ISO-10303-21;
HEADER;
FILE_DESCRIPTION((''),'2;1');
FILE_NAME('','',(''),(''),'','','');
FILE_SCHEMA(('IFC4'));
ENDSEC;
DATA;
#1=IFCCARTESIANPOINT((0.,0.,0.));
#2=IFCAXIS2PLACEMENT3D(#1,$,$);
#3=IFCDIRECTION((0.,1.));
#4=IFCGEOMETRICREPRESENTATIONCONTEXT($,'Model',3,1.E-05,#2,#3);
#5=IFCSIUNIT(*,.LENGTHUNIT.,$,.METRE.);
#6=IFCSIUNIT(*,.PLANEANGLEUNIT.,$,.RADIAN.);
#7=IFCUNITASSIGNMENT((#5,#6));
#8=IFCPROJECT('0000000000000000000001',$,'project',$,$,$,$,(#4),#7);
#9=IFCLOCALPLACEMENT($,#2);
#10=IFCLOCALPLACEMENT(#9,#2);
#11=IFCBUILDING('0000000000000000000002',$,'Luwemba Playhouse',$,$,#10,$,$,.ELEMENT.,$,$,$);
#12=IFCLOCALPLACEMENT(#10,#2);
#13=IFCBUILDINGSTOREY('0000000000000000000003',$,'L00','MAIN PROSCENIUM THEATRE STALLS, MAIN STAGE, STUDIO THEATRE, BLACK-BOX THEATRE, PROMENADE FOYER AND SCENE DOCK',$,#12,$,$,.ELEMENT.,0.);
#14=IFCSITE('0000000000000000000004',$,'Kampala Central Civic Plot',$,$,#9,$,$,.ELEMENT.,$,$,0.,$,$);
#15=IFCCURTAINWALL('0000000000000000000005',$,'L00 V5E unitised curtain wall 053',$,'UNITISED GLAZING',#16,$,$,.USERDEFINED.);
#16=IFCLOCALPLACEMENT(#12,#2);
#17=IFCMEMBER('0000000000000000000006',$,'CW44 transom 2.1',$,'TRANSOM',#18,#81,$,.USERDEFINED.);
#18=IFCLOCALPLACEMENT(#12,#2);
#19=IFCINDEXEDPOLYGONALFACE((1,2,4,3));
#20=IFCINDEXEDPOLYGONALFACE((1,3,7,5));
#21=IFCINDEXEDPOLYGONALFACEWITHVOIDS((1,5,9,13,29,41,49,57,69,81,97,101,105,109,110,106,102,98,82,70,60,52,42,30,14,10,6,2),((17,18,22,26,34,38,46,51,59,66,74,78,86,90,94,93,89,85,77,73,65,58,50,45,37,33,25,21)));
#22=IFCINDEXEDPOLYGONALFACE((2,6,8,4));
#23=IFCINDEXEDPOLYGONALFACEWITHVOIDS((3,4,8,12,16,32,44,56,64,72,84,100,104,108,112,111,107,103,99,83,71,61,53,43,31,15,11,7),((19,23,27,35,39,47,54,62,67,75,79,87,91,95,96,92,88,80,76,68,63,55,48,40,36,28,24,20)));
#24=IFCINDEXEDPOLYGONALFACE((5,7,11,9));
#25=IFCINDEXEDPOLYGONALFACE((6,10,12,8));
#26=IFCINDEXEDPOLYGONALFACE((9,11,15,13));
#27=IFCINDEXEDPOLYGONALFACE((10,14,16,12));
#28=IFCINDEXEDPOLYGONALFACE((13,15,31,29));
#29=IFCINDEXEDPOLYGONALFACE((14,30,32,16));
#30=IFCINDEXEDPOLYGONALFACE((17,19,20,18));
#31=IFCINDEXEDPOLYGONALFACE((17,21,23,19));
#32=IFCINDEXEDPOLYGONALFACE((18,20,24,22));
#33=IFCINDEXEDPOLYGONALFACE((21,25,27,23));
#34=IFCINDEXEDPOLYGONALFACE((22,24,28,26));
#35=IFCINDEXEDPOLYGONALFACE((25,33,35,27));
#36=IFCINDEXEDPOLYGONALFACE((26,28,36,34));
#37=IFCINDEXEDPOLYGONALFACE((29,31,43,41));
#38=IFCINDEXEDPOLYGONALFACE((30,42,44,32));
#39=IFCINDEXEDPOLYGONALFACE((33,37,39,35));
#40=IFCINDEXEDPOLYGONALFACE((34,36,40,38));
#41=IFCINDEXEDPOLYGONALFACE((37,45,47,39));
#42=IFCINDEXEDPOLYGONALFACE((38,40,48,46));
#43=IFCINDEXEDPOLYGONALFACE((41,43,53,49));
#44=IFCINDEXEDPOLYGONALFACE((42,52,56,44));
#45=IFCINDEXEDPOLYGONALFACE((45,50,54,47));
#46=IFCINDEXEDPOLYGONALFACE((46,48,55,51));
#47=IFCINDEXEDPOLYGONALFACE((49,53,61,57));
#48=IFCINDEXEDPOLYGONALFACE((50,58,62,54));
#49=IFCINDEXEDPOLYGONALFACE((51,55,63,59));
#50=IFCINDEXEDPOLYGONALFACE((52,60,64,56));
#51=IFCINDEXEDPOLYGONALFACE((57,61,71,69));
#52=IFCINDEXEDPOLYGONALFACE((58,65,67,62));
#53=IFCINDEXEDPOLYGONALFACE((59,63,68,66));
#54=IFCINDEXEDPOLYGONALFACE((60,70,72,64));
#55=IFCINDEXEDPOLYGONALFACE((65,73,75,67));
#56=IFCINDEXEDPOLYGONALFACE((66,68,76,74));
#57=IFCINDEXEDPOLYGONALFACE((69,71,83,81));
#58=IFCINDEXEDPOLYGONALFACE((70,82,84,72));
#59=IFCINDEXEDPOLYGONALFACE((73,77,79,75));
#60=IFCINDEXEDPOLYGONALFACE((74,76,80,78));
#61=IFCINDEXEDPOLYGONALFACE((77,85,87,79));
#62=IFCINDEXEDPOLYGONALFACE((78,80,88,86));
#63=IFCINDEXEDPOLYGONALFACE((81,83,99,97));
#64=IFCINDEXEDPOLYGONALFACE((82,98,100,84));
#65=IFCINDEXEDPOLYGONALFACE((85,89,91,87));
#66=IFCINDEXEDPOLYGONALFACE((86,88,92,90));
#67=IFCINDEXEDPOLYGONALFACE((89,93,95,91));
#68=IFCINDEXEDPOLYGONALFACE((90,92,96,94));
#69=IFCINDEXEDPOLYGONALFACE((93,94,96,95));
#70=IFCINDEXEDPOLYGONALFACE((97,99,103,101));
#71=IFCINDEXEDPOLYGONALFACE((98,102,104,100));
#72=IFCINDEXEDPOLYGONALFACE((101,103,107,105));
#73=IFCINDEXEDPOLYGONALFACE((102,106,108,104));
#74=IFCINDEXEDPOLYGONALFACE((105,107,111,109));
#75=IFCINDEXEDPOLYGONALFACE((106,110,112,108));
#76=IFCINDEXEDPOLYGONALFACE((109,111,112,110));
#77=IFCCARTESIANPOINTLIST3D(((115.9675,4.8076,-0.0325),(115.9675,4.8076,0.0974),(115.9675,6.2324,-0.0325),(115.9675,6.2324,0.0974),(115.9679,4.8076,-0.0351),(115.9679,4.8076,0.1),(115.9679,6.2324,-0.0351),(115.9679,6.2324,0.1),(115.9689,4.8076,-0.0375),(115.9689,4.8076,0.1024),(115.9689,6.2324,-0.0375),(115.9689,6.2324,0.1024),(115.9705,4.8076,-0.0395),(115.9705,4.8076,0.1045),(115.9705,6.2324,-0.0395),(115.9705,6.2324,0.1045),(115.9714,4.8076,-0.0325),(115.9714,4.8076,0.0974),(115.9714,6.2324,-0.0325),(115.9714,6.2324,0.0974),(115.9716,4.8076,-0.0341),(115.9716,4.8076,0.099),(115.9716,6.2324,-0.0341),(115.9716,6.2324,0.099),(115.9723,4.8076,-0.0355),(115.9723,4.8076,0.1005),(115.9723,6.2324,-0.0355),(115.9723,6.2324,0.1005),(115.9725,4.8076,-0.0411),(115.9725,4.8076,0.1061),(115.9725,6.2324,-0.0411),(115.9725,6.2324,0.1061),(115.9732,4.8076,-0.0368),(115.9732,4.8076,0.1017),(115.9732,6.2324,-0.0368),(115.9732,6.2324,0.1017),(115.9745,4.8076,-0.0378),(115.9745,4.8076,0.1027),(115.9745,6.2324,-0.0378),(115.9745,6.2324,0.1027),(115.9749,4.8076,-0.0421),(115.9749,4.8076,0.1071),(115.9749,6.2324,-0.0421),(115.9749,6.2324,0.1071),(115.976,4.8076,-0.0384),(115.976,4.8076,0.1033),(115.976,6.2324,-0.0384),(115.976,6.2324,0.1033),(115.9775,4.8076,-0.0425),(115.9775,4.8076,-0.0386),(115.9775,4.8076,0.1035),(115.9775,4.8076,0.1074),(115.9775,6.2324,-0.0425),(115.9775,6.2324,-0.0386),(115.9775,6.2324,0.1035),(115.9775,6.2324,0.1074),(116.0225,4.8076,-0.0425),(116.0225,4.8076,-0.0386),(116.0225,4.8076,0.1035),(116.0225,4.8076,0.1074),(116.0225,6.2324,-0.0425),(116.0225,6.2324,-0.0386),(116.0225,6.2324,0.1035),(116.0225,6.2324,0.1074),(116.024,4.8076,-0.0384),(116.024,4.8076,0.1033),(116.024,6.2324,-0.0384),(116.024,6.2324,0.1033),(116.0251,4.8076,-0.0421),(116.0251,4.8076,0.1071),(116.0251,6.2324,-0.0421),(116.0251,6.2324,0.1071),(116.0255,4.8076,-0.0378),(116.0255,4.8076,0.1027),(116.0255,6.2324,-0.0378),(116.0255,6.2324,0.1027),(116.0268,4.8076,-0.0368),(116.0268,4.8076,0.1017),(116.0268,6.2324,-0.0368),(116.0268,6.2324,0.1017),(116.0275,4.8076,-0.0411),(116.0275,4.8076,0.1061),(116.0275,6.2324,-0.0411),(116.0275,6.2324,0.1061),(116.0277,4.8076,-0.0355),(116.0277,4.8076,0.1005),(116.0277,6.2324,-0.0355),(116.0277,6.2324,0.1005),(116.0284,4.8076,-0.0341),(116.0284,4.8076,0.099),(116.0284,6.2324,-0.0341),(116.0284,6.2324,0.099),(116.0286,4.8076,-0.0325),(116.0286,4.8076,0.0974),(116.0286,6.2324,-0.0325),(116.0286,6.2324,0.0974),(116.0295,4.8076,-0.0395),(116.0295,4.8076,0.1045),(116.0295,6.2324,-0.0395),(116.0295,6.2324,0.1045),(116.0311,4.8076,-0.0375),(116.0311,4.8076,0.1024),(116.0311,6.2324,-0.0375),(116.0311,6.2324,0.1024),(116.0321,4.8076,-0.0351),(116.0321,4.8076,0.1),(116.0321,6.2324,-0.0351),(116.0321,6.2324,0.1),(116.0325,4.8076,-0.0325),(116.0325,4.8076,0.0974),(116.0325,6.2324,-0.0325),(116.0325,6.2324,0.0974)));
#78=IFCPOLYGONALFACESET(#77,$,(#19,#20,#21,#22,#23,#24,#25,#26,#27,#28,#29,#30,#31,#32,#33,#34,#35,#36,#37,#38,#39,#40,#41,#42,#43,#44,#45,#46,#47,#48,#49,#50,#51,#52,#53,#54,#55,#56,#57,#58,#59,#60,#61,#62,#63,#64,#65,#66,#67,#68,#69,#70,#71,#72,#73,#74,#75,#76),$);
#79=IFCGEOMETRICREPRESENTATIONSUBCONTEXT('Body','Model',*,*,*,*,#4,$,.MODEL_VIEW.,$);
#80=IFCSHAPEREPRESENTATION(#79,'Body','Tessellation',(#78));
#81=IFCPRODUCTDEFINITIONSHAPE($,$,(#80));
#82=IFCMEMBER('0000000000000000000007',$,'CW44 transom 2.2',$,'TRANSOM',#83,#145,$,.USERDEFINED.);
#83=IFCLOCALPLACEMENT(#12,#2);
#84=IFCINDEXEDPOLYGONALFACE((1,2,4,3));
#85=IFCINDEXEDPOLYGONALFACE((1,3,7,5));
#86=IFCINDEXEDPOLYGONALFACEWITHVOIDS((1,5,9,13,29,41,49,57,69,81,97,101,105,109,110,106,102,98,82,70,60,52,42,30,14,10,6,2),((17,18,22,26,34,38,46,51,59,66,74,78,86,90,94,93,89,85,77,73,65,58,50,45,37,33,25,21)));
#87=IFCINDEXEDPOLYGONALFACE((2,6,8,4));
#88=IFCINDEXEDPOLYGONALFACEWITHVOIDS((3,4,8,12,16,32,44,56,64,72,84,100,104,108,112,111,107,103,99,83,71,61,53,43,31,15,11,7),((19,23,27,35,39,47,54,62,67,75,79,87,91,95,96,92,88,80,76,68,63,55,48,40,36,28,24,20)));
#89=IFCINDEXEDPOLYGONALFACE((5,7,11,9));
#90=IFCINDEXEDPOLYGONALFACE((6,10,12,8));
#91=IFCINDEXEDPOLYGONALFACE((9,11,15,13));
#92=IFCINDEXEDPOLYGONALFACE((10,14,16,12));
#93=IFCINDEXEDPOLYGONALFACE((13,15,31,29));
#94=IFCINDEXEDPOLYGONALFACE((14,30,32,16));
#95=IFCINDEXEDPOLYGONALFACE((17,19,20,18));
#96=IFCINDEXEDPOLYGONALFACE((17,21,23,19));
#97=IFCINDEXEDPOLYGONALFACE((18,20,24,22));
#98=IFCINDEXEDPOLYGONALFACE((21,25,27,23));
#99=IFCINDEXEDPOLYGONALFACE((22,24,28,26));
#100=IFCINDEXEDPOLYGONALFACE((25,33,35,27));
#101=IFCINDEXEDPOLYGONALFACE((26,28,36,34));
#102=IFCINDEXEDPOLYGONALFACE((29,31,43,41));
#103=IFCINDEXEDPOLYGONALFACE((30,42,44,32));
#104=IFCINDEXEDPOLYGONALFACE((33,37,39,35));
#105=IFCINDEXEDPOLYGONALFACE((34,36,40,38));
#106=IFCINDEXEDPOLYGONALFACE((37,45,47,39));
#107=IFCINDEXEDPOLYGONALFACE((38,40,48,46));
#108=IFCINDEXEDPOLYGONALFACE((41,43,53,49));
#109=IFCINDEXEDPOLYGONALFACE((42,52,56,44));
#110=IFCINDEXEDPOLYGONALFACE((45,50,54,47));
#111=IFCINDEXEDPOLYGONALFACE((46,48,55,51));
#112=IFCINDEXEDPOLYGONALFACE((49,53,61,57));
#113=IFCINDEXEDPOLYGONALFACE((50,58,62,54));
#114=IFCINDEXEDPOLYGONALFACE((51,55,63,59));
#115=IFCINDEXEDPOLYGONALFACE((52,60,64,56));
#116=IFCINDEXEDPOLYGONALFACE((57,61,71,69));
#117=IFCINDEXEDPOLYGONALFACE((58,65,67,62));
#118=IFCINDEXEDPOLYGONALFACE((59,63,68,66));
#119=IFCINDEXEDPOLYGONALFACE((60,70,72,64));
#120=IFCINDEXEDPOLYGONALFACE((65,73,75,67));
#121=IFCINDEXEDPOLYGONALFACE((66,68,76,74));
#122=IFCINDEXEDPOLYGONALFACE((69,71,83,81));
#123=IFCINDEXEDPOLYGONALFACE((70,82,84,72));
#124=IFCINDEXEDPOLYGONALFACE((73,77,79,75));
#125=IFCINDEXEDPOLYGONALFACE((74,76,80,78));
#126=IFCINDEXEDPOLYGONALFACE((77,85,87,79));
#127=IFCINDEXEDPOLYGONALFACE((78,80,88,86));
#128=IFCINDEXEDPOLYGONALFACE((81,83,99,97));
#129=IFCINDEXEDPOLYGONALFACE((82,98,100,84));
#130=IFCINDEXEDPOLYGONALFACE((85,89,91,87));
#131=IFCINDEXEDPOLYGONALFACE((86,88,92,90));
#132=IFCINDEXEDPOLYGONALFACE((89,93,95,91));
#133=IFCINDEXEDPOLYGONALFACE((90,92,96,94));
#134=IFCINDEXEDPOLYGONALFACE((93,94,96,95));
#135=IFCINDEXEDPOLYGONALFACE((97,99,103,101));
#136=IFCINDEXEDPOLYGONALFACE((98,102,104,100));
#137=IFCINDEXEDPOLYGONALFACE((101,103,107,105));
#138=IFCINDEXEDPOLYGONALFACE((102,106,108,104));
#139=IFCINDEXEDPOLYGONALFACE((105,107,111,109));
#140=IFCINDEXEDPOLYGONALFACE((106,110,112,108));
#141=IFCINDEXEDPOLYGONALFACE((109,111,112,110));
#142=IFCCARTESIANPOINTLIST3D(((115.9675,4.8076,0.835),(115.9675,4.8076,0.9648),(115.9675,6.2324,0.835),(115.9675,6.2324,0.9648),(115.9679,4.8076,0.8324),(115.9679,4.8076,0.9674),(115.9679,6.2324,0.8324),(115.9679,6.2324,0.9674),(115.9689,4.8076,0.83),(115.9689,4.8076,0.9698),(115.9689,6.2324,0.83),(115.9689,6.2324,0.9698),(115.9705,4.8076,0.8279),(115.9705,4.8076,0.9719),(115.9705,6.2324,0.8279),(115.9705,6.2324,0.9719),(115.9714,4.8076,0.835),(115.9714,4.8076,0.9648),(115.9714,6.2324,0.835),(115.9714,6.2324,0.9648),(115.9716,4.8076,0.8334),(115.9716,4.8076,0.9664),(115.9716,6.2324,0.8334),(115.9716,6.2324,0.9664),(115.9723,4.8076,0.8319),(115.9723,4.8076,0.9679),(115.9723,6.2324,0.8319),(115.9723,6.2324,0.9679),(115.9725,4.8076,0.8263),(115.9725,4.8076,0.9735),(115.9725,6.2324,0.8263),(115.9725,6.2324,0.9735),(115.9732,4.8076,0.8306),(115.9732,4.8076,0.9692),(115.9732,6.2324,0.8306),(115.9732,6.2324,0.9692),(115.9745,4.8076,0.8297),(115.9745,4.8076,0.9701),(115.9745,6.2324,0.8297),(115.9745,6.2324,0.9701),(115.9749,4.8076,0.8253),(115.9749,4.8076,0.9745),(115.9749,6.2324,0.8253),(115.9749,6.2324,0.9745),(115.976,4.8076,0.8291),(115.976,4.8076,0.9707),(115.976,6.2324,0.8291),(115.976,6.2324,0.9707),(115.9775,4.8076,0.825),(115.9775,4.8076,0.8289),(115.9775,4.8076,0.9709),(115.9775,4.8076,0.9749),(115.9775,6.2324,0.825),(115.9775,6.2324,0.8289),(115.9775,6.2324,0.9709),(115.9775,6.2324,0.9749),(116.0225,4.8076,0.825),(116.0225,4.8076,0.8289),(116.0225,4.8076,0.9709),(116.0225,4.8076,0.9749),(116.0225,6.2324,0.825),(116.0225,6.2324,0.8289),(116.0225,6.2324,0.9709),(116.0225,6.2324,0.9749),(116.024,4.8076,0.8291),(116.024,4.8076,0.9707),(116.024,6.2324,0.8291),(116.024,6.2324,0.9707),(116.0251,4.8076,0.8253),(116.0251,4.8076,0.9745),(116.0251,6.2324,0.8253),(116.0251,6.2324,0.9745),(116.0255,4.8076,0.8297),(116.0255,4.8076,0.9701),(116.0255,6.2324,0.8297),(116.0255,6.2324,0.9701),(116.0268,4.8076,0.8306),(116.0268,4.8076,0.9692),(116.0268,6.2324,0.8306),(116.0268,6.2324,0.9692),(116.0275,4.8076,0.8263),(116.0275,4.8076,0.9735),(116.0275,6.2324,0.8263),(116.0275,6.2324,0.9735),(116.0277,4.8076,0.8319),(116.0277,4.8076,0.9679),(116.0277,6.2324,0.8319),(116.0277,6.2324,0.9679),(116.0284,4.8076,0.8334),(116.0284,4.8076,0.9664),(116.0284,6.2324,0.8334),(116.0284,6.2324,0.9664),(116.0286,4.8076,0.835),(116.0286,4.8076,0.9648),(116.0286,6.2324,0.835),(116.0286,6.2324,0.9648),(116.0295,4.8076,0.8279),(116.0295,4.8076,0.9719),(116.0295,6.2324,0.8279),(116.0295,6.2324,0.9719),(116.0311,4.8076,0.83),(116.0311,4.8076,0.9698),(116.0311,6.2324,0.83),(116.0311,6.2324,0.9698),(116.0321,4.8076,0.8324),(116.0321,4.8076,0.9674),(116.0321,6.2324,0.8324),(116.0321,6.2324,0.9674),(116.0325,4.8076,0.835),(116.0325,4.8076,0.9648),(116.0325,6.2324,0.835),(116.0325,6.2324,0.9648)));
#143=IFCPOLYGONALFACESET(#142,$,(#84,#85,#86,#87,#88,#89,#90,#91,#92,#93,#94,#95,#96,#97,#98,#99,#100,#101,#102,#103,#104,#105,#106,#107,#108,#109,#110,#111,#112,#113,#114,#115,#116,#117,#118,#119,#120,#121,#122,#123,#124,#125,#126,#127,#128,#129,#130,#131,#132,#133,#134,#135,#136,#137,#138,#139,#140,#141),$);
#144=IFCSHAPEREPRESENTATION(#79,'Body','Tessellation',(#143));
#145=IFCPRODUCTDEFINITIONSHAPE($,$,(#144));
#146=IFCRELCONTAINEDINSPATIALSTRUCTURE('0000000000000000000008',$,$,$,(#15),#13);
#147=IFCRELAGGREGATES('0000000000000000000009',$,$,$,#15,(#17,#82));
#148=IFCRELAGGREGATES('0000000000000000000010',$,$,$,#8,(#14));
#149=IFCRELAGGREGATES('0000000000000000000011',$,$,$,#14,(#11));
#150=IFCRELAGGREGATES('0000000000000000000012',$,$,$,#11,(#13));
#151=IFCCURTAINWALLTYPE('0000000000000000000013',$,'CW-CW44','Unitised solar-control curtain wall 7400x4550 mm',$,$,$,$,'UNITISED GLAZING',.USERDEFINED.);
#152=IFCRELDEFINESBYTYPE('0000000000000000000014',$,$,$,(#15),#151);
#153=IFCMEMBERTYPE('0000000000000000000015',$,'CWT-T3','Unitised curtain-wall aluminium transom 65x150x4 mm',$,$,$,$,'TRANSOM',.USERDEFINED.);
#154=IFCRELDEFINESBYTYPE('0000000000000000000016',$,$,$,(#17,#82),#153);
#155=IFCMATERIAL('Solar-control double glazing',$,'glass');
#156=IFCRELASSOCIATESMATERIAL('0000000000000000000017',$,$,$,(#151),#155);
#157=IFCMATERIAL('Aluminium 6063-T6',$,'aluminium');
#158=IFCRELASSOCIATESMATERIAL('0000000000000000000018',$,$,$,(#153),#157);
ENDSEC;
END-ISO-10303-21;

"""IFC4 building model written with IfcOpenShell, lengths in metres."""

from ifc_helpers import new_model, si_unit, direction, frame, origin, origin_2d, place, context, subcontext, project, spatial, hollow_rectangle, extrude, material, material_profile, profile_set, type_object, element, aggregate, save


model = new_model("IFC4")

# Units and contexts
model_context = context("Model", 3, precision=1e-05, world=origin(), true_north=direction((0.0, 1.0)))
body_context = subcontext(model_context, "Body", "Model", "MODEL_VIEW")
ifc_project = project(units=[si_unit("LENGTHUNIT", "METRE"), si_unit("PLANEANGLEUNIT", "RADIAN")], contexts=[model_context])

# Site, building, storey
site_placement = place(None, origin())
site = spatial("IfcSite", under=ifc_project, at=site_placement, Name="Kampala Central Civic Plot", CompositionType="ELEMENT", RefElevation=0.0)
building_placement = place(site_placement, origin())
building = spatial("IfcBuilding", under=site, at=building_placement, Name="Luwemba Playhouse", CompositionType="ELEMENT")
storey_placement = place(building_placement, origin())
storey = spatial("IfcBuildingStorey", under=building, at=storey_placement, Name="L00", Description="MAIN PROSCENIUM THEATRE STALLS, MAIN STAGE, STUDIO THEATRE, BLACK-BOX THEATRE, PROMENADE FOYER AND SCENE DOCK", CompositionType="ELEMENT", Elevation=0.0)

# Curtain wall, members
ifc_material_1 = material(Name="Solar-control double glazing", Category="glass")
curtain_wall_type = type_object("IfcCurtainWallType", Name="CW-CW44", Description="Unitised solar-control curtain wall 7400x4550 mm", ElementType="UNITISED GLAZING", PredefinedType="USERDEFINED", material=ifc_material_1)
curtain_wall_placement = place(storey_placement, origin())
curtain_wall = element("IfcCurtainWall", 1, at=curtain_wall_placement, inside=storey, type_object=curtain_wall_type, Name="L00 V5E unitised curtain wall 053", ObjectType="UNITISED GLAZING", PredefinedType="USERDEFINED")
ifc_material_2 = material(Name="Aluminium 6063-T6", Category="aluminium")
ifc_material_profile_1 = material_profile(ifc_material_2, hollow_rectangle(XDim=0.0649, YDim=0.1499, WallThickness=0.0039, InnerFilletRadius=0.0061, OuterFilletRadius=0.01, at=origin_2d()))
ifc_profile_set_1 = profile_set([ifc_material_profile_1], Name="Aluminium 6063-T6")
member_type_1 = type_object("IfcMemberType", Name="CWT-T3", Description="Unitised curtain-wall aluminium transom 65x150x4 mm", ElementType="TRANSOM", PredefinedType="USERDEFINED", material=ifc_profile_set_1)
member_1_placement = place(storey_placement, frame((116.0, 4.8076, 0.0325), z_axis=(0.0, 1.0, 0.0), x_axis=(-1.0, 0.0, 0.0)))
member_1 = element("IfcMember", 2, at=member_1_placement, type_object=member_type_1, Name="CW44 transom 2.1", ObjectType="TRANSOM", PredefinedType="USERDEFINED", context=body_context, shape_type="SweptSolid", body=[
    extrude(hollow_rectangle(XDim=0.0649, YDim=0.1499, WallThickness=0.0039, InnerFilletRadius=0.0061, OuterFilletRadius=0.01, at=origin_2d()), origin(), (0.0, 0.0, 1.0), 1.4248),
])
member_2_placement = place(storey_placement, frame((116.0, 4.8076, 0.8999), z_axis=(0.0, 1.0, 0.0), x_axis=(-1.0, 0.0, 0.0)))
member_2 = element("IfcMember", 3, at=member_2_placement, type_object=member_type_1, Name="CW44 transom 2.2", ObjectType="TRANSOM", PredefinedType="USERDEFINED", context=body_context, shape_type="SweptSolid", body=[
    extrude(hollow_rectangle(XDim=0.0649, YDim=0.1499, WallThickness=0.0039, InnerFilletRadius=0.0061, OuterFilletRadius=0.01, at=origin_2d()), origin(), (0.0, 0.0, 1.0), 1.4248),
])
aggregate(curtain_wall, [member_1, member_2])

save(model, "model.ifc")
